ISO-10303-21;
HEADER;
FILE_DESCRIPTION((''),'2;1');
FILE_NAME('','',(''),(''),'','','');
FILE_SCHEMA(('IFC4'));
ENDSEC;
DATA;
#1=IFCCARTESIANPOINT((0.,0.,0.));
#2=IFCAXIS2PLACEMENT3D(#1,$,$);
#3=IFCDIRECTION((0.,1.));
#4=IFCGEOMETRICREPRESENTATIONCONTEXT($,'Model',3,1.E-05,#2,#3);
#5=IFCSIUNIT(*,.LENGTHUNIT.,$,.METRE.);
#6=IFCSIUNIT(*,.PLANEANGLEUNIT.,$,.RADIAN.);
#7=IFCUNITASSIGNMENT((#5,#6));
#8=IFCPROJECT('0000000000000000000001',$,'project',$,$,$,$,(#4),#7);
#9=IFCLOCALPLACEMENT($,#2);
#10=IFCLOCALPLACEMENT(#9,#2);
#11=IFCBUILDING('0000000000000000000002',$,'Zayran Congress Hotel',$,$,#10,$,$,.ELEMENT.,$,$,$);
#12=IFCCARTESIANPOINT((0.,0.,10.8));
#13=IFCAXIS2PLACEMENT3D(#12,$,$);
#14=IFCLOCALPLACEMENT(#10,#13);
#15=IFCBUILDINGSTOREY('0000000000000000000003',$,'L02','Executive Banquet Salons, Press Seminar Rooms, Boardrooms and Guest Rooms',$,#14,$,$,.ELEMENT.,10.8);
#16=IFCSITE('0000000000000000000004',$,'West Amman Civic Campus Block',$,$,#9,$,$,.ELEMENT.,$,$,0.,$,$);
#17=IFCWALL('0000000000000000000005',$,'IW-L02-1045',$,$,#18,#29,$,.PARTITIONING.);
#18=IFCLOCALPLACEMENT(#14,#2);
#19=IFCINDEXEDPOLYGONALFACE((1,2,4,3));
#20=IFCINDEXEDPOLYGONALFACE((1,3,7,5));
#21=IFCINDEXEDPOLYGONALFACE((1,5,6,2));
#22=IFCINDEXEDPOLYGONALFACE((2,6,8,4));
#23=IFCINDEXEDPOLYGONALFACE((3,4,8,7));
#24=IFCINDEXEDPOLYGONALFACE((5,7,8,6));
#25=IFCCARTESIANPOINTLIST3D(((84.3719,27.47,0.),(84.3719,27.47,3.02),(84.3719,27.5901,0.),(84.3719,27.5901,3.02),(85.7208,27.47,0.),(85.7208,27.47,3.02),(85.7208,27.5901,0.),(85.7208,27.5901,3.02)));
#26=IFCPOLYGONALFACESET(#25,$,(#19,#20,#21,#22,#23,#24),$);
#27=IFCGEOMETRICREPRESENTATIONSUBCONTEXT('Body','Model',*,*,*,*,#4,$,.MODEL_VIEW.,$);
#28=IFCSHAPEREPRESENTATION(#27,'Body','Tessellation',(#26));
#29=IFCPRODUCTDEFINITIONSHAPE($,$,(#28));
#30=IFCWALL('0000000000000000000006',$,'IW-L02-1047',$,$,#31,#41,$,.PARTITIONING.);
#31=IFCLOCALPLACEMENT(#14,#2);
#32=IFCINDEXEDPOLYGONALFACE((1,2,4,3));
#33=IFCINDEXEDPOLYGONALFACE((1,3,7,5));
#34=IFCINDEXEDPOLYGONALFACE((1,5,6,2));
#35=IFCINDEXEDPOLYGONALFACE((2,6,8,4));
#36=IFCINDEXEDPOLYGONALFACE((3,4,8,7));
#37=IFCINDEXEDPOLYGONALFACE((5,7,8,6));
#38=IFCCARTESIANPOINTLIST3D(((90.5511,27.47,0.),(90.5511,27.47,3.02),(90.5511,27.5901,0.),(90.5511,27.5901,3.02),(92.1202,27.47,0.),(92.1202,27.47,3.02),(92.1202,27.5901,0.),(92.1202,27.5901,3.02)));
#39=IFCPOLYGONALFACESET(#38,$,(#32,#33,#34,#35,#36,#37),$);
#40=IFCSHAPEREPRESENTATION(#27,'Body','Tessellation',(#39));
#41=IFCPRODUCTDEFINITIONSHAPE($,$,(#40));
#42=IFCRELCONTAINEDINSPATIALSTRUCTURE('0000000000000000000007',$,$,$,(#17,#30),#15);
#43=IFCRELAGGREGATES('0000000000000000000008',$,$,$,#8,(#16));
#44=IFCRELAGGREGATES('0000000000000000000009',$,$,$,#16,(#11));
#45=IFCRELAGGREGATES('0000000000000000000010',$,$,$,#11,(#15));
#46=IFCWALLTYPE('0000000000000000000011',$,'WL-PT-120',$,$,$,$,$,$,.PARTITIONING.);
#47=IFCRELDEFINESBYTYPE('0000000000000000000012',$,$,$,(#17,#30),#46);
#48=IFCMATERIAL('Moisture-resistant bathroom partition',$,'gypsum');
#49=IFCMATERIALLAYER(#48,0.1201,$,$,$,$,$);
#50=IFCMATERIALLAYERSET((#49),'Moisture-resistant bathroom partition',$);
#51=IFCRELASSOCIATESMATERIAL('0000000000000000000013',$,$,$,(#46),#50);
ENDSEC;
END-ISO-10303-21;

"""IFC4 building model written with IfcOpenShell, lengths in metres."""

from ifc_helpers import new_model, si_unit, direction, frame, frame_2d, origin, place, context, subcontext, project, spatial, rectangle, extrude, material, layer, layer_set, type_object, element, save


model = new_model("IFC4")

# Units and contexts
model_context = context("Model", 3, precision=1e-05, world=origin(), true_north=direction((0.0, 1.0)))
body_context = subcontext(model_context, "Body", "Model", "MODEL_VIEW")
ifc_project = project(units=[si_unit("LENGTHUNIT", "METRE"), si_unit("PLANEANGLEUNIT", "RADIAN")], contexts=[model_context])

# Site, building, storey
site_placement = place(None, origin())
site = spatial("IfcSite", under=ifc_project, at=site_placement, Name="West Amman Civic Campus Block", CompositionType="ELEMENT", RefElevation=0.0)
building_placement = place(site_placement, origin())
building = spatial("IfcBuilding", under=site, at=building_placement, Name="Zayran Congress Hotel", CompositionType="ELEMENT")
storey_placement = place(building_placement, frame((0.0, 0.0, 10.8)))
storey = spatial("IfcBuildingStorey", under=building, at=storey_placement, Name="L02", Description="Executive Banquet Salons, Press Seminar Rooms, Boardrooms and Guest Rooms", CompositionType="ELEMENT", Elevation=10.8)

# Shared definitions
ifc_material_1 = material(Name="Moisture-resistant bathroom partition", Category="gypsum")
ifc_layer_1 = layer(ifc_material_1, 0.1201)
ifc_layer_set_1 = layer_set([ifc_layer_1], Name="Moisture-resistant bathroom partition")
wall_type_1 = type_object("IfcWallType", Name="WL-PT-120", PredefinedType="PARTITIONING", material=ifc_layer_set_1)

# Walls
wall_1_placement = place(storey_placement, frame((84.3721, 27.53, 0.0), z_axis=(0.0, 0.0, 1.0), x_axis=(1.0, 0.0, 0.0)))
element("IfcWall", 1, at=wall_1_placement, inside=storey, type_object=wall_type_1, Name="IW-L02-1045", PredefinedType="PARTITIONING", context=body_context, shape_type="SweptSolid", body=[
    extrude(rectangle(XDim=1.3489, YDim=0.1201, at=frame_2d((0.6743, 0.0))), origin(), (0.0, 0.0, 1.0), 3.02),
])
wall_2_placement = place(storey_placement, frame((90.551, 27.53, 0.0), z_axis=(0.0, 0.0, 1.0), x_axis=(1.0, 0.0, 0.0)))
element("IfcWall", 2, at=wall_2_placement, inside=storey, type_object=wall_type_1, Name="IW-L02-1047", PredefinedType="PARTITIONING", context=body_context, shape_type="SweptSolid", body=[
    extrude(rectangle(XDim=1.5691, YDim=0.1201, at=frame_2d((0.7847, 0.0))), origin(), (0.0, 0.0, 1.0), 3.02),
])

save(model, "model.ifc")
